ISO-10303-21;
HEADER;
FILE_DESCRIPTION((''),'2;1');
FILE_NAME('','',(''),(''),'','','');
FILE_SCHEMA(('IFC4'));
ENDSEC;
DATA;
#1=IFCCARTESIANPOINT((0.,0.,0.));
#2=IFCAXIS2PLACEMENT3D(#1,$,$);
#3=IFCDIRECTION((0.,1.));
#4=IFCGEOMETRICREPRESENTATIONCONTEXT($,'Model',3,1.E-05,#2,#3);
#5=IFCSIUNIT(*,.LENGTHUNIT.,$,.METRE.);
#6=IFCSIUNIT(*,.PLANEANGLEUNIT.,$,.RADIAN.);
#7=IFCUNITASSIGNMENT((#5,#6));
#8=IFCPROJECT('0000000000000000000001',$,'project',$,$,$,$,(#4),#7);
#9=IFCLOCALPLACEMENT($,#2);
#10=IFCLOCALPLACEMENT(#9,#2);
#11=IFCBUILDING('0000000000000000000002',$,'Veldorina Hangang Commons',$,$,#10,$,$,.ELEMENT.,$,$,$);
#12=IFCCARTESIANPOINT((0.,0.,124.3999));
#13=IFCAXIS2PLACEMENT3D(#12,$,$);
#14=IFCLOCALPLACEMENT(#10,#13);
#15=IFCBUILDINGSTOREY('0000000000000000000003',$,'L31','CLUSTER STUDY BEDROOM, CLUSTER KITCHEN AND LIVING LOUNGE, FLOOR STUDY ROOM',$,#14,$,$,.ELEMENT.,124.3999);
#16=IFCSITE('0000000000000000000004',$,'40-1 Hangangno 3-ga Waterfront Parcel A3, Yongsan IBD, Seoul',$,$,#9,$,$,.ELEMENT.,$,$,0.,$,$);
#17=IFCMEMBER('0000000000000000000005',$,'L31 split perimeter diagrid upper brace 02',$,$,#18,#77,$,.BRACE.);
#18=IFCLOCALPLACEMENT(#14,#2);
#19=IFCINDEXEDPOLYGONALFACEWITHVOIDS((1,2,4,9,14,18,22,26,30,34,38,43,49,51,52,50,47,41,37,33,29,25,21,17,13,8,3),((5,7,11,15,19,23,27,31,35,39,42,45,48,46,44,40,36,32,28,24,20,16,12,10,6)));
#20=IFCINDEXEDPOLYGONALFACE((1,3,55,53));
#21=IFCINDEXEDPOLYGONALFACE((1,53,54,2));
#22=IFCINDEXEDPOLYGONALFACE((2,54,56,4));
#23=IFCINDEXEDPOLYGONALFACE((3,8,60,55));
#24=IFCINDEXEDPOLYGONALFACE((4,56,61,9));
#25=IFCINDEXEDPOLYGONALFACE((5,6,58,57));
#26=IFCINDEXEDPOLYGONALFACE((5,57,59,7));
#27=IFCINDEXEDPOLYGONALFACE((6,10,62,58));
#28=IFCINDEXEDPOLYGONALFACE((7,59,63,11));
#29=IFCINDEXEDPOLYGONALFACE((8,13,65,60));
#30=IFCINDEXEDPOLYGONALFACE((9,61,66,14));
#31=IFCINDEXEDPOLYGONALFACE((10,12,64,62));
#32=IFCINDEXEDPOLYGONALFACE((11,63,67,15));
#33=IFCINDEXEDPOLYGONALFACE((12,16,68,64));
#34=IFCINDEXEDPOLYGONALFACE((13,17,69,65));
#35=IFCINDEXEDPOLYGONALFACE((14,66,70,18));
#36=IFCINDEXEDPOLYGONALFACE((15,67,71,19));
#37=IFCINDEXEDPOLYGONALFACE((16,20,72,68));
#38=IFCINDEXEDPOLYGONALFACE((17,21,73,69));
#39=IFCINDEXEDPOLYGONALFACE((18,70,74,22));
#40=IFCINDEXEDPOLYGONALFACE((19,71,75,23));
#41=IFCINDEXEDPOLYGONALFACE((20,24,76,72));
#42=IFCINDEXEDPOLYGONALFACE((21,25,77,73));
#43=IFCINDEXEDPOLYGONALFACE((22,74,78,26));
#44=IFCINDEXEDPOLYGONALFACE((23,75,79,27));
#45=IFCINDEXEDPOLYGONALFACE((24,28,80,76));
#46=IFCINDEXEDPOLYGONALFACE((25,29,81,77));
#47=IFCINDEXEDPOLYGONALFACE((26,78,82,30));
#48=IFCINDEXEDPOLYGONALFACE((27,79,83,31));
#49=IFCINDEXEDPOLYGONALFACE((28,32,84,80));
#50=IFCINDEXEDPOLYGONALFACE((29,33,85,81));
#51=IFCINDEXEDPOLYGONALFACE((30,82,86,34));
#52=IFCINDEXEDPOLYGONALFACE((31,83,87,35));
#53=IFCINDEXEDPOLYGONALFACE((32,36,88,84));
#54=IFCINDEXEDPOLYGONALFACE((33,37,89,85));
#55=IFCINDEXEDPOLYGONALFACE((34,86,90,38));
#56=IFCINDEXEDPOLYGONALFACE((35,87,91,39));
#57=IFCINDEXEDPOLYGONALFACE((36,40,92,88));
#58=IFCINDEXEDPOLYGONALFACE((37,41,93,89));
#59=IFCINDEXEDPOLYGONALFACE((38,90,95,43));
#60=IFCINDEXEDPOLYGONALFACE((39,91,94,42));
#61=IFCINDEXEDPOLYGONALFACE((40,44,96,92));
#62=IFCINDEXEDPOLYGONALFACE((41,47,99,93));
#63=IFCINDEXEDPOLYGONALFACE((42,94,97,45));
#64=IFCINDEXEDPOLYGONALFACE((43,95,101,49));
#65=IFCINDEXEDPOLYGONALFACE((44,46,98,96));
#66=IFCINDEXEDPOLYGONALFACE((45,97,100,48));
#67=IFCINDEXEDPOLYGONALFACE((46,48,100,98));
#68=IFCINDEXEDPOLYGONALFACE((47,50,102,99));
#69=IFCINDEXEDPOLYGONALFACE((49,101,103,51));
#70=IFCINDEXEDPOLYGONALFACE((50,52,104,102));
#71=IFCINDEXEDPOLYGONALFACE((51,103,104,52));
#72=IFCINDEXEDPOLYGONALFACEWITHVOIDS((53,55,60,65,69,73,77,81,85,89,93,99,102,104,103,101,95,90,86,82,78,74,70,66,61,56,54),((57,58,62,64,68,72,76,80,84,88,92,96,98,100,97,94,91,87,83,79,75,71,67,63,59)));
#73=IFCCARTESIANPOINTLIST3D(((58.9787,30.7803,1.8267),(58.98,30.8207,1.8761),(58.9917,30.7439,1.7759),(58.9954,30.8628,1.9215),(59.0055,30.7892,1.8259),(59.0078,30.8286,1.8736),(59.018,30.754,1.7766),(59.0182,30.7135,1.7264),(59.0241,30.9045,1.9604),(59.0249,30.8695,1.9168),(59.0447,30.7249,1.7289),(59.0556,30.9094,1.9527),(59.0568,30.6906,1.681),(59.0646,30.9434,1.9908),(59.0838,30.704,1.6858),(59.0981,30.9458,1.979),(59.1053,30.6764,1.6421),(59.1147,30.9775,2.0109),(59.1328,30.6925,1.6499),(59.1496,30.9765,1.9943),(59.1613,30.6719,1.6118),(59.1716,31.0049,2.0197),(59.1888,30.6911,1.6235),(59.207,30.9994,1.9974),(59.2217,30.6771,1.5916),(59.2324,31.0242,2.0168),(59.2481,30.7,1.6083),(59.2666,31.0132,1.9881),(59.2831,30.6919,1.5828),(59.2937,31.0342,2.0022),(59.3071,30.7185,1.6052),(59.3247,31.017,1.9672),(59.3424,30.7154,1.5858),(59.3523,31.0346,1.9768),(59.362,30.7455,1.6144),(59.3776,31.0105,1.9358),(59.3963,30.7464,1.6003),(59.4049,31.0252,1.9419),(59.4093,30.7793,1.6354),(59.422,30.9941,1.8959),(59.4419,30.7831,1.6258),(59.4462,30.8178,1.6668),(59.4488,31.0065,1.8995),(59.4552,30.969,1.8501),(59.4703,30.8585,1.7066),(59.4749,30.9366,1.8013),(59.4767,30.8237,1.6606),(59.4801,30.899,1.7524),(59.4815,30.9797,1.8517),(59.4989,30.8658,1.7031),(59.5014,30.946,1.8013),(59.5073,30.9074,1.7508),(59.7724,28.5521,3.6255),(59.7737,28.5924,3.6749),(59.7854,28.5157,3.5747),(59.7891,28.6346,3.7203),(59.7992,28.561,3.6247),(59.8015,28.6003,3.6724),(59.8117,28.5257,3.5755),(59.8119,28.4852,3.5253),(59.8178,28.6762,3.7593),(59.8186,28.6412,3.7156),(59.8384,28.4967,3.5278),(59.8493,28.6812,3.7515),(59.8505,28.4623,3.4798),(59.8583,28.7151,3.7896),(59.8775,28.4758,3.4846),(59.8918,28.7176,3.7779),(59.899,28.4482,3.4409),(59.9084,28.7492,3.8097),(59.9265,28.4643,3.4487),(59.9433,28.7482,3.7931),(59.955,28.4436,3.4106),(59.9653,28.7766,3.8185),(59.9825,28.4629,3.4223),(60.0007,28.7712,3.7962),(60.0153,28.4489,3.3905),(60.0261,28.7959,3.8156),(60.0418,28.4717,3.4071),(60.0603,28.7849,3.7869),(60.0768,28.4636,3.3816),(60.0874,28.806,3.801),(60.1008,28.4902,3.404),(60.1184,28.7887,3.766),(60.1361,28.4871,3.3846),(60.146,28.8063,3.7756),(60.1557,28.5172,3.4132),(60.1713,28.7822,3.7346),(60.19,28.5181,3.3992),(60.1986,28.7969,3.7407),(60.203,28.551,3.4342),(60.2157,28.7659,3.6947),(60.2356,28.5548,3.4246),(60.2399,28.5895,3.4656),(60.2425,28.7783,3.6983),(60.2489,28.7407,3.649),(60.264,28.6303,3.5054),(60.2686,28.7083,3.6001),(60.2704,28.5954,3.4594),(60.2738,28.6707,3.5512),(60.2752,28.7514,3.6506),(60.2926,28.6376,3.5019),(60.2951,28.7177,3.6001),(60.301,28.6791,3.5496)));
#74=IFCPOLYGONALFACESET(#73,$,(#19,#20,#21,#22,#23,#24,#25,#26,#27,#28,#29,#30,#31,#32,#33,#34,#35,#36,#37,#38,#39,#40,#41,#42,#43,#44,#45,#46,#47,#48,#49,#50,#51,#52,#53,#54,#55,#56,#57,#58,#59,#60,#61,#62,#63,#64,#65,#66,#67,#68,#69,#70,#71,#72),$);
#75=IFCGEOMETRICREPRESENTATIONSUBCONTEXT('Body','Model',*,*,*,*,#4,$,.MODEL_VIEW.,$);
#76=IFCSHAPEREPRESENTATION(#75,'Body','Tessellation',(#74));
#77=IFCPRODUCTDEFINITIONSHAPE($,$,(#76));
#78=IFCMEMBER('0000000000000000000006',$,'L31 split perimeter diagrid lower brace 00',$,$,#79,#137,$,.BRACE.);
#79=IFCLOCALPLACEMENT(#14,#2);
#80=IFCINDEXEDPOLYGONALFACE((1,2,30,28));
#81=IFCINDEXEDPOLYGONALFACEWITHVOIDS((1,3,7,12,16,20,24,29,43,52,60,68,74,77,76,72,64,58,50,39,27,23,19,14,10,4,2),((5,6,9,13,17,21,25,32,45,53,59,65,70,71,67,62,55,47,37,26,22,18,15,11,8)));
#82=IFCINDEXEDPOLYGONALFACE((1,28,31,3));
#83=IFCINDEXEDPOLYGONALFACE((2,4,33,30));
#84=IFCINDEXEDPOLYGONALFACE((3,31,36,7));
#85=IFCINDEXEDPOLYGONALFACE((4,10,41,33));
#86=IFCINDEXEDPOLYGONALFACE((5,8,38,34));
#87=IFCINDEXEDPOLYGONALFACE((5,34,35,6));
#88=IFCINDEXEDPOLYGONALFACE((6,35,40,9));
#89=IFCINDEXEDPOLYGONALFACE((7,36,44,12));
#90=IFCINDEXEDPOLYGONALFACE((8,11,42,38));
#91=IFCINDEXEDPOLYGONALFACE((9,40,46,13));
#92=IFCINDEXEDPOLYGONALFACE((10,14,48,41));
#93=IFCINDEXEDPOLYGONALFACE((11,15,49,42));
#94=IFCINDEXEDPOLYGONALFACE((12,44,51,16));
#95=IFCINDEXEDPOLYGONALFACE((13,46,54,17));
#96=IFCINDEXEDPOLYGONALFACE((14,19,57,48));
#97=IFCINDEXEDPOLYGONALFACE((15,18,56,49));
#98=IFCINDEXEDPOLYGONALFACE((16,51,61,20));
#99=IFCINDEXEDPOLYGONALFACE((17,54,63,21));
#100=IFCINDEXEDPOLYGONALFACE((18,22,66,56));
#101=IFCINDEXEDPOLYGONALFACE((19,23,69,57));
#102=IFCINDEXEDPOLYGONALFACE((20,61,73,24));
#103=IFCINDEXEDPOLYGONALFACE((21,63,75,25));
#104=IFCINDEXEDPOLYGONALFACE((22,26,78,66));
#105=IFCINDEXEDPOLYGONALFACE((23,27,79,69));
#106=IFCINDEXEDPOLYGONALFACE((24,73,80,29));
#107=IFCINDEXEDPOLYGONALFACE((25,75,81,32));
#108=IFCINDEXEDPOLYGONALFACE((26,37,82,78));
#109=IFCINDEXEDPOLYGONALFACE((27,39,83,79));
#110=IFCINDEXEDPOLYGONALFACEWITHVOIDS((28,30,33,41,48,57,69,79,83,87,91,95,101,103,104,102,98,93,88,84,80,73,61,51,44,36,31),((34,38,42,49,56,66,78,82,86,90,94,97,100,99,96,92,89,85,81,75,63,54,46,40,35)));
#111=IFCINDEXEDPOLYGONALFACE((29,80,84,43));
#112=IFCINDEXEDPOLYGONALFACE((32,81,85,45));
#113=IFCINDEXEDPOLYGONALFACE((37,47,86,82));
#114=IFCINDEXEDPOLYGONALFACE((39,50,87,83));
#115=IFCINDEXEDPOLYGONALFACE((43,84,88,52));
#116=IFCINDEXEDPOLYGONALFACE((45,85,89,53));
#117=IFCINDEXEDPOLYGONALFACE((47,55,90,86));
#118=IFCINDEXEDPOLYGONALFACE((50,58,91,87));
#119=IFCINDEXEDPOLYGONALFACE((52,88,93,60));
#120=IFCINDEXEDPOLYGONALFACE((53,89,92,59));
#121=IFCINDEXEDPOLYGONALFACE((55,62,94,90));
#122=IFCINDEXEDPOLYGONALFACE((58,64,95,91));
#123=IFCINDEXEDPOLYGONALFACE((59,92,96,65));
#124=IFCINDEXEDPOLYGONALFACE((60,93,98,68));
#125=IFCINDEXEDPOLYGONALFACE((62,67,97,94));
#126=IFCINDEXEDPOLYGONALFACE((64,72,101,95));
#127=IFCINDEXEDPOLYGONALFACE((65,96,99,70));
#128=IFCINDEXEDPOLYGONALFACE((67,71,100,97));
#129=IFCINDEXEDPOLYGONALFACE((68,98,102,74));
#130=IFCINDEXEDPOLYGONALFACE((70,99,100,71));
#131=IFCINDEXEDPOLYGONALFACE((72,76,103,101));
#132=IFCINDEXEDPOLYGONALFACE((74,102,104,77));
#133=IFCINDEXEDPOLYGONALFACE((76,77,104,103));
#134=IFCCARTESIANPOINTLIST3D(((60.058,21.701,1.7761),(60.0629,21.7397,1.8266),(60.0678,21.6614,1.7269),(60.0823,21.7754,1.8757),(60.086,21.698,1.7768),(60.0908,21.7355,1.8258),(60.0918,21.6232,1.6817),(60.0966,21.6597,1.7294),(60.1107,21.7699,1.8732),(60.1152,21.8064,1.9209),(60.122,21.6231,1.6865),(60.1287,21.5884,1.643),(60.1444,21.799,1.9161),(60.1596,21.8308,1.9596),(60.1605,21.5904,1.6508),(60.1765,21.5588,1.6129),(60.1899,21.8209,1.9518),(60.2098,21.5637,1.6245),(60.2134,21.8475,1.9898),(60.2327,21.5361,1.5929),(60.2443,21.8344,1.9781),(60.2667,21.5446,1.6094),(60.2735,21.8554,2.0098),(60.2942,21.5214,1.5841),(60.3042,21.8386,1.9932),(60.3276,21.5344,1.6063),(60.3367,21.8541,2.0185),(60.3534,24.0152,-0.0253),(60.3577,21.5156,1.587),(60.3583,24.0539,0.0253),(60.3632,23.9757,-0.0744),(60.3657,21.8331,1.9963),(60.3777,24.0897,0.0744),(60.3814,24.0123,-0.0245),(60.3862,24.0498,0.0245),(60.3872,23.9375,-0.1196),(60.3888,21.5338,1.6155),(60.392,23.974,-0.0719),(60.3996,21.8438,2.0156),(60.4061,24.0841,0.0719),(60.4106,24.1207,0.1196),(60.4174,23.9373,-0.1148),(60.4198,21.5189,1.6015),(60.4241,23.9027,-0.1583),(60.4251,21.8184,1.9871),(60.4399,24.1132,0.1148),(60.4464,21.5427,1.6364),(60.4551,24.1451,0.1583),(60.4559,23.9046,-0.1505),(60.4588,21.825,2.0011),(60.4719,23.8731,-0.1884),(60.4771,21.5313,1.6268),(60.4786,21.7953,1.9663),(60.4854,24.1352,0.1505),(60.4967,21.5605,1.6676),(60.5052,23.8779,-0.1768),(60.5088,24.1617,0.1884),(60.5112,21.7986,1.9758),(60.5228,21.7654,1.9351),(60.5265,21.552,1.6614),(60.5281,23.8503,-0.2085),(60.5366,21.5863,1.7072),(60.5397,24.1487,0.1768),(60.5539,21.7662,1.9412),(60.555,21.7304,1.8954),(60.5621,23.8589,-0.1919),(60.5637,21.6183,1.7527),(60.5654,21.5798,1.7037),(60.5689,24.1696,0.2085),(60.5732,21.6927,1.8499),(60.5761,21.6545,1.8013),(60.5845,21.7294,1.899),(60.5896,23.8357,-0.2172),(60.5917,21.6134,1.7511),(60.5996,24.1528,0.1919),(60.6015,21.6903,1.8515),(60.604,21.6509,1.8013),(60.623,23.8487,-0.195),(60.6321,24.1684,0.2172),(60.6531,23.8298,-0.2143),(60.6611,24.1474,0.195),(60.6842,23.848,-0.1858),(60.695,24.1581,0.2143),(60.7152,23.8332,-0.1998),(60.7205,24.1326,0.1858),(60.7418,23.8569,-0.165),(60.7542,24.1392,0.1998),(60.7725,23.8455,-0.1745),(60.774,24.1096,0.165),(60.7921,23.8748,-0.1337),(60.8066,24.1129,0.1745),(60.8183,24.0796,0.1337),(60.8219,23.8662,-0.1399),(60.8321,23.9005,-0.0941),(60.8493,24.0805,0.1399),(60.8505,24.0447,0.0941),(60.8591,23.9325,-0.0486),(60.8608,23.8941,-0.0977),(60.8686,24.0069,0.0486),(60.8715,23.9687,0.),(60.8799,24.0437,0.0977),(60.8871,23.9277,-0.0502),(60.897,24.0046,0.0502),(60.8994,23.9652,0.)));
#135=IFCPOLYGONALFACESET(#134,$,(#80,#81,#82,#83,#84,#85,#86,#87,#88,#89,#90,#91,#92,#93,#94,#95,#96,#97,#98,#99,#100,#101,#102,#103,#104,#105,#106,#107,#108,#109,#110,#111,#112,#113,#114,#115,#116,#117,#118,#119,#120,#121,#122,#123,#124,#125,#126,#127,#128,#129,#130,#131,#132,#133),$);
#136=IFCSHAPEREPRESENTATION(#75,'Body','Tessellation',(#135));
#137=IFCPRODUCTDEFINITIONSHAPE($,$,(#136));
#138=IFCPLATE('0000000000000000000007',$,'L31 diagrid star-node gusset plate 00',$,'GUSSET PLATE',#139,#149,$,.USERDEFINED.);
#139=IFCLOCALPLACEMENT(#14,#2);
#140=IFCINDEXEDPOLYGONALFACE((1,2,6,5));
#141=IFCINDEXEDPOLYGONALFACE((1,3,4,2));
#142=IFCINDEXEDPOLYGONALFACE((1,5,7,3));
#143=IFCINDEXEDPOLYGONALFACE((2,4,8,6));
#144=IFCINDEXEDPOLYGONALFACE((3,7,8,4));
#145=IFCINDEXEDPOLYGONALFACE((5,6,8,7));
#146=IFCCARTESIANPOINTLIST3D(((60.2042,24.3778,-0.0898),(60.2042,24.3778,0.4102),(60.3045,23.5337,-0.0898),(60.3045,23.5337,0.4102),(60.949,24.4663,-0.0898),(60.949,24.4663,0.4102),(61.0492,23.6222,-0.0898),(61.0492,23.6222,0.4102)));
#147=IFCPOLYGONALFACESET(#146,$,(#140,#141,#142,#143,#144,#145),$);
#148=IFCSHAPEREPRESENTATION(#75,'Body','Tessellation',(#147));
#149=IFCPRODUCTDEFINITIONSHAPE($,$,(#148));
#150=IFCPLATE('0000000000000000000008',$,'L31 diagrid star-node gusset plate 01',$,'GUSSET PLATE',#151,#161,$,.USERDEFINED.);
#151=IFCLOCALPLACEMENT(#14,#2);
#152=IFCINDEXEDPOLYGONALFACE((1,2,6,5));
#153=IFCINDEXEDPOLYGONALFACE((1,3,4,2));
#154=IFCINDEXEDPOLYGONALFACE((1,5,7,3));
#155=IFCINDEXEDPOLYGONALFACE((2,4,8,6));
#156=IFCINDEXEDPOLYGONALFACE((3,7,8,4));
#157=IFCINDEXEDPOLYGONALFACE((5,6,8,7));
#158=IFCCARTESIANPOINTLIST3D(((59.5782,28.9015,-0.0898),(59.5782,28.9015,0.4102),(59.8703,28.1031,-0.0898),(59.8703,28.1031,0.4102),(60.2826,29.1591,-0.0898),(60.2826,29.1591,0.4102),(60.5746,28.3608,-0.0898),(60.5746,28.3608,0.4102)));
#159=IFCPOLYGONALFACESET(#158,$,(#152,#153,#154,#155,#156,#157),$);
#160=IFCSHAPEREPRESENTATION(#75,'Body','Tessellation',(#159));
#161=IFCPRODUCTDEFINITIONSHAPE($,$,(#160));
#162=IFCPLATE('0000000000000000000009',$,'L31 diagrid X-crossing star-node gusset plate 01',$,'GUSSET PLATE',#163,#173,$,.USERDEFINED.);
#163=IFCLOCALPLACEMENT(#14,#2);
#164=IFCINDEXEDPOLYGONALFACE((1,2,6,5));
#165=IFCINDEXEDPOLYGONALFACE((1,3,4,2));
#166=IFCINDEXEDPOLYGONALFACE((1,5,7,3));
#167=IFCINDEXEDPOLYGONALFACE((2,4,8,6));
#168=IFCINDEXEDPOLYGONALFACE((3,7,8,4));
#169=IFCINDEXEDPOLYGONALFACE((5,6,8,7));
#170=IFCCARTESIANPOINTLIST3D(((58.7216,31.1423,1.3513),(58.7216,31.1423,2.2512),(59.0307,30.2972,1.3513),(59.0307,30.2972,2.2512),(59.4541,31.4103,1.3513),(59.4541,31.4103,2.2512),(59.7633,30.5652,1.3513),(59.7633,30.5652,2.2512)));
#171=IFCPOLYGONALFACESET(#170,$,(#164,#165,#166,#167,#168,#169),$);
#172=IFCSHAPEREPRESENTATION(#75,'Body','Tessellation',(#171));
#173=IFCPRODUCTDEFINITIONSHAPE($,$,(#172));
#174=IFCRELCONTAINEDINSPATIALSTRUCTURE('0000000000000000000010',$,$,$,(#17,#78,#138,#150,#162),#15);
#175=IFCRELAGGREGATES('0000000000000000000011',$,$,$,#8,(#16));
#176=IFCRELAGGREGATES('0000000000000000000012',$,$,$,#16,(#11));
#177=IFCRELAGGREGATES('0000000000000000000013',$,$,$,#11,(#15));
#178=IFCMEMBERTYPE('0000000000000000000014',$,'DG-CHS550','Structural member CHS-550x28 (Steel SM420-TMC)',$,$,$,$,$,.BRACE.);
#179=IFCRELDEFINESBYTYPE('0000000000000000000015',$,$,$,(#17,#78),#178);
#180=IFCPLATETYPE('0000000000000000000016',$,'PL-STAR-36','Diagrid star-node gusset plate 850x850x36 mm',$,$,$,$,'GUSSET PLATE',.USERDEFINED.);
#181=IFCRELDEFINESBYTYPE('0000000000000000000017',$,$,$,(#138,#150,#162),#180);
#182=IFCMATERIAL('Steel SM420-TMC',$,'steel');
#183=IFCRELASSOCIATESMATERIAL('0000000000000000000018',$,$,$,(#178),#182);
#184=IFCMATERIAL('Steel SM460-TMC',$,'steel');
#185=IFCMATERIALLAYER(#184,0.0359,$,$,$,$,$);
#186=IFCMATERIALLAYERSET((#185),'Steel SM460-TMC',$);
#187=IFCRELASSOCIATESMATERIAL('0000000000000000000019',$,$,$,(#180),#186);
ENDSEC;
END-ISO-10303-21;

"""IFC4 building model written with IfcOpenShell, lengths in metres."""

from ifc_helpers import new_model, si_unit, direction, frame, origin, origin_2d, place, context, subcontext, project, spatial, rectangle, hollow_circle, extrude, material, layer, layer_set, material_profile, profile_set, type_object, element, save


model = new_model("IFC4")

# Units and contexts
model_context = context("Model", 3, precision=1e-05, world=origin(), true_north=direction((0.0, 1.0)))
body_context = subcontext(model_context, "Body", "Model", "MODEL_VIEW")
ifc_project = project(units=[si_unit("LENGTHUNIT", "METRE"), si_unit("PLANEANGLEUNIT", "RADIAN")], contexts=[model_context])

# Site, building, storey
site_placement = place(None, origin())
site = spatial("IfcSite", under=ifc_project, at=site_placement, Name="40-1 Hangangno 3-ga Waterfront Parcel A3, Yongsan IBD, Seoul", CompositionType="ELEMENT", RefElevation=0.0)
building_placement = place(site_placement, origin())
building = spatial("IfcBuilding", under=site, at=building_placement, Name="Veldorina Hangang Commons", CompositionType="ELEMENT")
storey_placement = place(building_placement, frame((0.0, 0.0, 124.3999)))
storey = spatial("IfcBuildingStorey", under=building, at=storey_placement, Name="L31", Description="CLUSTER STUDY BEDROOM, CLUSTER KITCHEN AND LIVING LOUNGE, FLOOR STUDY ROOM", CompositionType="ELEMENT", Elevation=124.3999)

# Shared definitions
ifc_material_1 = material(Name="Steel SM420-TMC", Category="steel")

# Members
ifc_material_profile_1 = material_profile(ifc_material_1, hollow_circle(Radius=0.2749, WallThickness=0.0281, at=origin_2d()), Name="CHS-550x28")
ifc_profile_set_1 = profile_set([ifc_material_profile_1], Name="Steel SM420-TMC")
member_type = type_object("IfcMemberType", Name="DG-CHS550", Description="Structural member CHS-550x28 (Steel SM420-TMC)", PredefinedType="BRACE", material=ifc_profile_set_1)
member_1_placement = place(storey_placement, frame((59.2424, 30.8538, 1.8013), z_axis=(0.267088, -0.749833, 0.605322), x_axis=(0.942024, 0.335545, 0.0)))
element("IfcMember", 1, at=member_1_placement, inside=storey, type_object=member_type, Name="L31 split perimeter diagrid upper brace 02", PredefinedType="BRACE", context=body_context, shape_type="SweptSolid", body=[
    extrude(hollow_circle(Radius=0.2749, WallThickness=0.0281, at=origin_2d()), origin(), (0.0, 0.0, 1.0), 2.9717),
])
member_2_placement = place(storey_placement, frame((60.6267, 24.0, 0.0), z_axis=(-0.100226, -0.785159, 0.61113), x_axis=(0.991951, -0.126623, 0.0)))
element("IfcMember", 2, at=member_2_placement, inside=storey, type_object=member_type, Name="L31 split perimeter diagrid lower brace 00", PredefinedType="BRACE", context=body_context, shape_type="SweptSolid", body=[
    extrude(hollow_circle(Radius=0.2749, WallThickness=0.0281, at=origin_2d()), origin(), (0.0, 0.0, 1.0), 2.9475),
])

# Plates
ifc_material_2 = material(Name="Steel SM460-TMC", Category="steel")
ifc_layer_1 = layer(ifc_material_2, 0.0359)
ifc_layer_set_1 = layer_set([ifc_layer_1], Name="Steel SM460-TMC")
plate_type = type_object("IfcPlateType", Name="PL-STAR-36", Description="Diagrid star-node gusset plate 850x850x36 mm", ElementType="GUSSET PLATE", PredefinedType="USERDEFINED", material=ifc_layer_set_1)
for number, where, z_axis, x_axis, name in (
    (3, (60.6267, 24.0, -0.0898), (0.0, 0.0, 1.0), (-0.117953, 0.993019, 0.0), "L31 diagrid star-node gusset plate 00"),
    (4, (60.0764, 28.6311, -0.0898), (0.0, 0.0, 1.0), (-0.343545, 0.939136, 0.0), "L31 diagrid star-node gusset plate 01"),
):
    element("IfcPlate", number, at=place(storey_placement, frame(where, z_axis=z_axis, x_axis=x_axis)), inside=storey, type_object=plate_type, Name=name, ObjectType="GUSSET PLATE", PredefinedType="USERDEFINED", context=body_context, shape_type="SweptSolid", body=[
        extrude(rectangle(XDim=0.8501, YDim=0.75, at=origin_2d()), origin(), (0.0, 0.0, 1.0), 0.5),
    ])
plate_placement = place(storey_placement, frame((59.2424, 30.8538, 1.3513), z_axis=(0.0, 0.0, 1.0), x_axis=(-0.343545, 0.939136, 0.0)))
element("IfcPlate", 5, at=plate_placement, inside=storey, type_object=plate_type, Name="L31 diagrid X-crossing star-node gusset plate 01", ObjectType="GUSSET PLATE", PredefinedType="USERDEFINED", context=body_context, shape_type="SweptSolid", body=[
    extrude(rectangle(XDim=0.8999, YDim=0.78, at=origin_2d()), origin(), (0.0, 0.0, 1.0), 0.8999),
])

save(model, "model.ifc")
